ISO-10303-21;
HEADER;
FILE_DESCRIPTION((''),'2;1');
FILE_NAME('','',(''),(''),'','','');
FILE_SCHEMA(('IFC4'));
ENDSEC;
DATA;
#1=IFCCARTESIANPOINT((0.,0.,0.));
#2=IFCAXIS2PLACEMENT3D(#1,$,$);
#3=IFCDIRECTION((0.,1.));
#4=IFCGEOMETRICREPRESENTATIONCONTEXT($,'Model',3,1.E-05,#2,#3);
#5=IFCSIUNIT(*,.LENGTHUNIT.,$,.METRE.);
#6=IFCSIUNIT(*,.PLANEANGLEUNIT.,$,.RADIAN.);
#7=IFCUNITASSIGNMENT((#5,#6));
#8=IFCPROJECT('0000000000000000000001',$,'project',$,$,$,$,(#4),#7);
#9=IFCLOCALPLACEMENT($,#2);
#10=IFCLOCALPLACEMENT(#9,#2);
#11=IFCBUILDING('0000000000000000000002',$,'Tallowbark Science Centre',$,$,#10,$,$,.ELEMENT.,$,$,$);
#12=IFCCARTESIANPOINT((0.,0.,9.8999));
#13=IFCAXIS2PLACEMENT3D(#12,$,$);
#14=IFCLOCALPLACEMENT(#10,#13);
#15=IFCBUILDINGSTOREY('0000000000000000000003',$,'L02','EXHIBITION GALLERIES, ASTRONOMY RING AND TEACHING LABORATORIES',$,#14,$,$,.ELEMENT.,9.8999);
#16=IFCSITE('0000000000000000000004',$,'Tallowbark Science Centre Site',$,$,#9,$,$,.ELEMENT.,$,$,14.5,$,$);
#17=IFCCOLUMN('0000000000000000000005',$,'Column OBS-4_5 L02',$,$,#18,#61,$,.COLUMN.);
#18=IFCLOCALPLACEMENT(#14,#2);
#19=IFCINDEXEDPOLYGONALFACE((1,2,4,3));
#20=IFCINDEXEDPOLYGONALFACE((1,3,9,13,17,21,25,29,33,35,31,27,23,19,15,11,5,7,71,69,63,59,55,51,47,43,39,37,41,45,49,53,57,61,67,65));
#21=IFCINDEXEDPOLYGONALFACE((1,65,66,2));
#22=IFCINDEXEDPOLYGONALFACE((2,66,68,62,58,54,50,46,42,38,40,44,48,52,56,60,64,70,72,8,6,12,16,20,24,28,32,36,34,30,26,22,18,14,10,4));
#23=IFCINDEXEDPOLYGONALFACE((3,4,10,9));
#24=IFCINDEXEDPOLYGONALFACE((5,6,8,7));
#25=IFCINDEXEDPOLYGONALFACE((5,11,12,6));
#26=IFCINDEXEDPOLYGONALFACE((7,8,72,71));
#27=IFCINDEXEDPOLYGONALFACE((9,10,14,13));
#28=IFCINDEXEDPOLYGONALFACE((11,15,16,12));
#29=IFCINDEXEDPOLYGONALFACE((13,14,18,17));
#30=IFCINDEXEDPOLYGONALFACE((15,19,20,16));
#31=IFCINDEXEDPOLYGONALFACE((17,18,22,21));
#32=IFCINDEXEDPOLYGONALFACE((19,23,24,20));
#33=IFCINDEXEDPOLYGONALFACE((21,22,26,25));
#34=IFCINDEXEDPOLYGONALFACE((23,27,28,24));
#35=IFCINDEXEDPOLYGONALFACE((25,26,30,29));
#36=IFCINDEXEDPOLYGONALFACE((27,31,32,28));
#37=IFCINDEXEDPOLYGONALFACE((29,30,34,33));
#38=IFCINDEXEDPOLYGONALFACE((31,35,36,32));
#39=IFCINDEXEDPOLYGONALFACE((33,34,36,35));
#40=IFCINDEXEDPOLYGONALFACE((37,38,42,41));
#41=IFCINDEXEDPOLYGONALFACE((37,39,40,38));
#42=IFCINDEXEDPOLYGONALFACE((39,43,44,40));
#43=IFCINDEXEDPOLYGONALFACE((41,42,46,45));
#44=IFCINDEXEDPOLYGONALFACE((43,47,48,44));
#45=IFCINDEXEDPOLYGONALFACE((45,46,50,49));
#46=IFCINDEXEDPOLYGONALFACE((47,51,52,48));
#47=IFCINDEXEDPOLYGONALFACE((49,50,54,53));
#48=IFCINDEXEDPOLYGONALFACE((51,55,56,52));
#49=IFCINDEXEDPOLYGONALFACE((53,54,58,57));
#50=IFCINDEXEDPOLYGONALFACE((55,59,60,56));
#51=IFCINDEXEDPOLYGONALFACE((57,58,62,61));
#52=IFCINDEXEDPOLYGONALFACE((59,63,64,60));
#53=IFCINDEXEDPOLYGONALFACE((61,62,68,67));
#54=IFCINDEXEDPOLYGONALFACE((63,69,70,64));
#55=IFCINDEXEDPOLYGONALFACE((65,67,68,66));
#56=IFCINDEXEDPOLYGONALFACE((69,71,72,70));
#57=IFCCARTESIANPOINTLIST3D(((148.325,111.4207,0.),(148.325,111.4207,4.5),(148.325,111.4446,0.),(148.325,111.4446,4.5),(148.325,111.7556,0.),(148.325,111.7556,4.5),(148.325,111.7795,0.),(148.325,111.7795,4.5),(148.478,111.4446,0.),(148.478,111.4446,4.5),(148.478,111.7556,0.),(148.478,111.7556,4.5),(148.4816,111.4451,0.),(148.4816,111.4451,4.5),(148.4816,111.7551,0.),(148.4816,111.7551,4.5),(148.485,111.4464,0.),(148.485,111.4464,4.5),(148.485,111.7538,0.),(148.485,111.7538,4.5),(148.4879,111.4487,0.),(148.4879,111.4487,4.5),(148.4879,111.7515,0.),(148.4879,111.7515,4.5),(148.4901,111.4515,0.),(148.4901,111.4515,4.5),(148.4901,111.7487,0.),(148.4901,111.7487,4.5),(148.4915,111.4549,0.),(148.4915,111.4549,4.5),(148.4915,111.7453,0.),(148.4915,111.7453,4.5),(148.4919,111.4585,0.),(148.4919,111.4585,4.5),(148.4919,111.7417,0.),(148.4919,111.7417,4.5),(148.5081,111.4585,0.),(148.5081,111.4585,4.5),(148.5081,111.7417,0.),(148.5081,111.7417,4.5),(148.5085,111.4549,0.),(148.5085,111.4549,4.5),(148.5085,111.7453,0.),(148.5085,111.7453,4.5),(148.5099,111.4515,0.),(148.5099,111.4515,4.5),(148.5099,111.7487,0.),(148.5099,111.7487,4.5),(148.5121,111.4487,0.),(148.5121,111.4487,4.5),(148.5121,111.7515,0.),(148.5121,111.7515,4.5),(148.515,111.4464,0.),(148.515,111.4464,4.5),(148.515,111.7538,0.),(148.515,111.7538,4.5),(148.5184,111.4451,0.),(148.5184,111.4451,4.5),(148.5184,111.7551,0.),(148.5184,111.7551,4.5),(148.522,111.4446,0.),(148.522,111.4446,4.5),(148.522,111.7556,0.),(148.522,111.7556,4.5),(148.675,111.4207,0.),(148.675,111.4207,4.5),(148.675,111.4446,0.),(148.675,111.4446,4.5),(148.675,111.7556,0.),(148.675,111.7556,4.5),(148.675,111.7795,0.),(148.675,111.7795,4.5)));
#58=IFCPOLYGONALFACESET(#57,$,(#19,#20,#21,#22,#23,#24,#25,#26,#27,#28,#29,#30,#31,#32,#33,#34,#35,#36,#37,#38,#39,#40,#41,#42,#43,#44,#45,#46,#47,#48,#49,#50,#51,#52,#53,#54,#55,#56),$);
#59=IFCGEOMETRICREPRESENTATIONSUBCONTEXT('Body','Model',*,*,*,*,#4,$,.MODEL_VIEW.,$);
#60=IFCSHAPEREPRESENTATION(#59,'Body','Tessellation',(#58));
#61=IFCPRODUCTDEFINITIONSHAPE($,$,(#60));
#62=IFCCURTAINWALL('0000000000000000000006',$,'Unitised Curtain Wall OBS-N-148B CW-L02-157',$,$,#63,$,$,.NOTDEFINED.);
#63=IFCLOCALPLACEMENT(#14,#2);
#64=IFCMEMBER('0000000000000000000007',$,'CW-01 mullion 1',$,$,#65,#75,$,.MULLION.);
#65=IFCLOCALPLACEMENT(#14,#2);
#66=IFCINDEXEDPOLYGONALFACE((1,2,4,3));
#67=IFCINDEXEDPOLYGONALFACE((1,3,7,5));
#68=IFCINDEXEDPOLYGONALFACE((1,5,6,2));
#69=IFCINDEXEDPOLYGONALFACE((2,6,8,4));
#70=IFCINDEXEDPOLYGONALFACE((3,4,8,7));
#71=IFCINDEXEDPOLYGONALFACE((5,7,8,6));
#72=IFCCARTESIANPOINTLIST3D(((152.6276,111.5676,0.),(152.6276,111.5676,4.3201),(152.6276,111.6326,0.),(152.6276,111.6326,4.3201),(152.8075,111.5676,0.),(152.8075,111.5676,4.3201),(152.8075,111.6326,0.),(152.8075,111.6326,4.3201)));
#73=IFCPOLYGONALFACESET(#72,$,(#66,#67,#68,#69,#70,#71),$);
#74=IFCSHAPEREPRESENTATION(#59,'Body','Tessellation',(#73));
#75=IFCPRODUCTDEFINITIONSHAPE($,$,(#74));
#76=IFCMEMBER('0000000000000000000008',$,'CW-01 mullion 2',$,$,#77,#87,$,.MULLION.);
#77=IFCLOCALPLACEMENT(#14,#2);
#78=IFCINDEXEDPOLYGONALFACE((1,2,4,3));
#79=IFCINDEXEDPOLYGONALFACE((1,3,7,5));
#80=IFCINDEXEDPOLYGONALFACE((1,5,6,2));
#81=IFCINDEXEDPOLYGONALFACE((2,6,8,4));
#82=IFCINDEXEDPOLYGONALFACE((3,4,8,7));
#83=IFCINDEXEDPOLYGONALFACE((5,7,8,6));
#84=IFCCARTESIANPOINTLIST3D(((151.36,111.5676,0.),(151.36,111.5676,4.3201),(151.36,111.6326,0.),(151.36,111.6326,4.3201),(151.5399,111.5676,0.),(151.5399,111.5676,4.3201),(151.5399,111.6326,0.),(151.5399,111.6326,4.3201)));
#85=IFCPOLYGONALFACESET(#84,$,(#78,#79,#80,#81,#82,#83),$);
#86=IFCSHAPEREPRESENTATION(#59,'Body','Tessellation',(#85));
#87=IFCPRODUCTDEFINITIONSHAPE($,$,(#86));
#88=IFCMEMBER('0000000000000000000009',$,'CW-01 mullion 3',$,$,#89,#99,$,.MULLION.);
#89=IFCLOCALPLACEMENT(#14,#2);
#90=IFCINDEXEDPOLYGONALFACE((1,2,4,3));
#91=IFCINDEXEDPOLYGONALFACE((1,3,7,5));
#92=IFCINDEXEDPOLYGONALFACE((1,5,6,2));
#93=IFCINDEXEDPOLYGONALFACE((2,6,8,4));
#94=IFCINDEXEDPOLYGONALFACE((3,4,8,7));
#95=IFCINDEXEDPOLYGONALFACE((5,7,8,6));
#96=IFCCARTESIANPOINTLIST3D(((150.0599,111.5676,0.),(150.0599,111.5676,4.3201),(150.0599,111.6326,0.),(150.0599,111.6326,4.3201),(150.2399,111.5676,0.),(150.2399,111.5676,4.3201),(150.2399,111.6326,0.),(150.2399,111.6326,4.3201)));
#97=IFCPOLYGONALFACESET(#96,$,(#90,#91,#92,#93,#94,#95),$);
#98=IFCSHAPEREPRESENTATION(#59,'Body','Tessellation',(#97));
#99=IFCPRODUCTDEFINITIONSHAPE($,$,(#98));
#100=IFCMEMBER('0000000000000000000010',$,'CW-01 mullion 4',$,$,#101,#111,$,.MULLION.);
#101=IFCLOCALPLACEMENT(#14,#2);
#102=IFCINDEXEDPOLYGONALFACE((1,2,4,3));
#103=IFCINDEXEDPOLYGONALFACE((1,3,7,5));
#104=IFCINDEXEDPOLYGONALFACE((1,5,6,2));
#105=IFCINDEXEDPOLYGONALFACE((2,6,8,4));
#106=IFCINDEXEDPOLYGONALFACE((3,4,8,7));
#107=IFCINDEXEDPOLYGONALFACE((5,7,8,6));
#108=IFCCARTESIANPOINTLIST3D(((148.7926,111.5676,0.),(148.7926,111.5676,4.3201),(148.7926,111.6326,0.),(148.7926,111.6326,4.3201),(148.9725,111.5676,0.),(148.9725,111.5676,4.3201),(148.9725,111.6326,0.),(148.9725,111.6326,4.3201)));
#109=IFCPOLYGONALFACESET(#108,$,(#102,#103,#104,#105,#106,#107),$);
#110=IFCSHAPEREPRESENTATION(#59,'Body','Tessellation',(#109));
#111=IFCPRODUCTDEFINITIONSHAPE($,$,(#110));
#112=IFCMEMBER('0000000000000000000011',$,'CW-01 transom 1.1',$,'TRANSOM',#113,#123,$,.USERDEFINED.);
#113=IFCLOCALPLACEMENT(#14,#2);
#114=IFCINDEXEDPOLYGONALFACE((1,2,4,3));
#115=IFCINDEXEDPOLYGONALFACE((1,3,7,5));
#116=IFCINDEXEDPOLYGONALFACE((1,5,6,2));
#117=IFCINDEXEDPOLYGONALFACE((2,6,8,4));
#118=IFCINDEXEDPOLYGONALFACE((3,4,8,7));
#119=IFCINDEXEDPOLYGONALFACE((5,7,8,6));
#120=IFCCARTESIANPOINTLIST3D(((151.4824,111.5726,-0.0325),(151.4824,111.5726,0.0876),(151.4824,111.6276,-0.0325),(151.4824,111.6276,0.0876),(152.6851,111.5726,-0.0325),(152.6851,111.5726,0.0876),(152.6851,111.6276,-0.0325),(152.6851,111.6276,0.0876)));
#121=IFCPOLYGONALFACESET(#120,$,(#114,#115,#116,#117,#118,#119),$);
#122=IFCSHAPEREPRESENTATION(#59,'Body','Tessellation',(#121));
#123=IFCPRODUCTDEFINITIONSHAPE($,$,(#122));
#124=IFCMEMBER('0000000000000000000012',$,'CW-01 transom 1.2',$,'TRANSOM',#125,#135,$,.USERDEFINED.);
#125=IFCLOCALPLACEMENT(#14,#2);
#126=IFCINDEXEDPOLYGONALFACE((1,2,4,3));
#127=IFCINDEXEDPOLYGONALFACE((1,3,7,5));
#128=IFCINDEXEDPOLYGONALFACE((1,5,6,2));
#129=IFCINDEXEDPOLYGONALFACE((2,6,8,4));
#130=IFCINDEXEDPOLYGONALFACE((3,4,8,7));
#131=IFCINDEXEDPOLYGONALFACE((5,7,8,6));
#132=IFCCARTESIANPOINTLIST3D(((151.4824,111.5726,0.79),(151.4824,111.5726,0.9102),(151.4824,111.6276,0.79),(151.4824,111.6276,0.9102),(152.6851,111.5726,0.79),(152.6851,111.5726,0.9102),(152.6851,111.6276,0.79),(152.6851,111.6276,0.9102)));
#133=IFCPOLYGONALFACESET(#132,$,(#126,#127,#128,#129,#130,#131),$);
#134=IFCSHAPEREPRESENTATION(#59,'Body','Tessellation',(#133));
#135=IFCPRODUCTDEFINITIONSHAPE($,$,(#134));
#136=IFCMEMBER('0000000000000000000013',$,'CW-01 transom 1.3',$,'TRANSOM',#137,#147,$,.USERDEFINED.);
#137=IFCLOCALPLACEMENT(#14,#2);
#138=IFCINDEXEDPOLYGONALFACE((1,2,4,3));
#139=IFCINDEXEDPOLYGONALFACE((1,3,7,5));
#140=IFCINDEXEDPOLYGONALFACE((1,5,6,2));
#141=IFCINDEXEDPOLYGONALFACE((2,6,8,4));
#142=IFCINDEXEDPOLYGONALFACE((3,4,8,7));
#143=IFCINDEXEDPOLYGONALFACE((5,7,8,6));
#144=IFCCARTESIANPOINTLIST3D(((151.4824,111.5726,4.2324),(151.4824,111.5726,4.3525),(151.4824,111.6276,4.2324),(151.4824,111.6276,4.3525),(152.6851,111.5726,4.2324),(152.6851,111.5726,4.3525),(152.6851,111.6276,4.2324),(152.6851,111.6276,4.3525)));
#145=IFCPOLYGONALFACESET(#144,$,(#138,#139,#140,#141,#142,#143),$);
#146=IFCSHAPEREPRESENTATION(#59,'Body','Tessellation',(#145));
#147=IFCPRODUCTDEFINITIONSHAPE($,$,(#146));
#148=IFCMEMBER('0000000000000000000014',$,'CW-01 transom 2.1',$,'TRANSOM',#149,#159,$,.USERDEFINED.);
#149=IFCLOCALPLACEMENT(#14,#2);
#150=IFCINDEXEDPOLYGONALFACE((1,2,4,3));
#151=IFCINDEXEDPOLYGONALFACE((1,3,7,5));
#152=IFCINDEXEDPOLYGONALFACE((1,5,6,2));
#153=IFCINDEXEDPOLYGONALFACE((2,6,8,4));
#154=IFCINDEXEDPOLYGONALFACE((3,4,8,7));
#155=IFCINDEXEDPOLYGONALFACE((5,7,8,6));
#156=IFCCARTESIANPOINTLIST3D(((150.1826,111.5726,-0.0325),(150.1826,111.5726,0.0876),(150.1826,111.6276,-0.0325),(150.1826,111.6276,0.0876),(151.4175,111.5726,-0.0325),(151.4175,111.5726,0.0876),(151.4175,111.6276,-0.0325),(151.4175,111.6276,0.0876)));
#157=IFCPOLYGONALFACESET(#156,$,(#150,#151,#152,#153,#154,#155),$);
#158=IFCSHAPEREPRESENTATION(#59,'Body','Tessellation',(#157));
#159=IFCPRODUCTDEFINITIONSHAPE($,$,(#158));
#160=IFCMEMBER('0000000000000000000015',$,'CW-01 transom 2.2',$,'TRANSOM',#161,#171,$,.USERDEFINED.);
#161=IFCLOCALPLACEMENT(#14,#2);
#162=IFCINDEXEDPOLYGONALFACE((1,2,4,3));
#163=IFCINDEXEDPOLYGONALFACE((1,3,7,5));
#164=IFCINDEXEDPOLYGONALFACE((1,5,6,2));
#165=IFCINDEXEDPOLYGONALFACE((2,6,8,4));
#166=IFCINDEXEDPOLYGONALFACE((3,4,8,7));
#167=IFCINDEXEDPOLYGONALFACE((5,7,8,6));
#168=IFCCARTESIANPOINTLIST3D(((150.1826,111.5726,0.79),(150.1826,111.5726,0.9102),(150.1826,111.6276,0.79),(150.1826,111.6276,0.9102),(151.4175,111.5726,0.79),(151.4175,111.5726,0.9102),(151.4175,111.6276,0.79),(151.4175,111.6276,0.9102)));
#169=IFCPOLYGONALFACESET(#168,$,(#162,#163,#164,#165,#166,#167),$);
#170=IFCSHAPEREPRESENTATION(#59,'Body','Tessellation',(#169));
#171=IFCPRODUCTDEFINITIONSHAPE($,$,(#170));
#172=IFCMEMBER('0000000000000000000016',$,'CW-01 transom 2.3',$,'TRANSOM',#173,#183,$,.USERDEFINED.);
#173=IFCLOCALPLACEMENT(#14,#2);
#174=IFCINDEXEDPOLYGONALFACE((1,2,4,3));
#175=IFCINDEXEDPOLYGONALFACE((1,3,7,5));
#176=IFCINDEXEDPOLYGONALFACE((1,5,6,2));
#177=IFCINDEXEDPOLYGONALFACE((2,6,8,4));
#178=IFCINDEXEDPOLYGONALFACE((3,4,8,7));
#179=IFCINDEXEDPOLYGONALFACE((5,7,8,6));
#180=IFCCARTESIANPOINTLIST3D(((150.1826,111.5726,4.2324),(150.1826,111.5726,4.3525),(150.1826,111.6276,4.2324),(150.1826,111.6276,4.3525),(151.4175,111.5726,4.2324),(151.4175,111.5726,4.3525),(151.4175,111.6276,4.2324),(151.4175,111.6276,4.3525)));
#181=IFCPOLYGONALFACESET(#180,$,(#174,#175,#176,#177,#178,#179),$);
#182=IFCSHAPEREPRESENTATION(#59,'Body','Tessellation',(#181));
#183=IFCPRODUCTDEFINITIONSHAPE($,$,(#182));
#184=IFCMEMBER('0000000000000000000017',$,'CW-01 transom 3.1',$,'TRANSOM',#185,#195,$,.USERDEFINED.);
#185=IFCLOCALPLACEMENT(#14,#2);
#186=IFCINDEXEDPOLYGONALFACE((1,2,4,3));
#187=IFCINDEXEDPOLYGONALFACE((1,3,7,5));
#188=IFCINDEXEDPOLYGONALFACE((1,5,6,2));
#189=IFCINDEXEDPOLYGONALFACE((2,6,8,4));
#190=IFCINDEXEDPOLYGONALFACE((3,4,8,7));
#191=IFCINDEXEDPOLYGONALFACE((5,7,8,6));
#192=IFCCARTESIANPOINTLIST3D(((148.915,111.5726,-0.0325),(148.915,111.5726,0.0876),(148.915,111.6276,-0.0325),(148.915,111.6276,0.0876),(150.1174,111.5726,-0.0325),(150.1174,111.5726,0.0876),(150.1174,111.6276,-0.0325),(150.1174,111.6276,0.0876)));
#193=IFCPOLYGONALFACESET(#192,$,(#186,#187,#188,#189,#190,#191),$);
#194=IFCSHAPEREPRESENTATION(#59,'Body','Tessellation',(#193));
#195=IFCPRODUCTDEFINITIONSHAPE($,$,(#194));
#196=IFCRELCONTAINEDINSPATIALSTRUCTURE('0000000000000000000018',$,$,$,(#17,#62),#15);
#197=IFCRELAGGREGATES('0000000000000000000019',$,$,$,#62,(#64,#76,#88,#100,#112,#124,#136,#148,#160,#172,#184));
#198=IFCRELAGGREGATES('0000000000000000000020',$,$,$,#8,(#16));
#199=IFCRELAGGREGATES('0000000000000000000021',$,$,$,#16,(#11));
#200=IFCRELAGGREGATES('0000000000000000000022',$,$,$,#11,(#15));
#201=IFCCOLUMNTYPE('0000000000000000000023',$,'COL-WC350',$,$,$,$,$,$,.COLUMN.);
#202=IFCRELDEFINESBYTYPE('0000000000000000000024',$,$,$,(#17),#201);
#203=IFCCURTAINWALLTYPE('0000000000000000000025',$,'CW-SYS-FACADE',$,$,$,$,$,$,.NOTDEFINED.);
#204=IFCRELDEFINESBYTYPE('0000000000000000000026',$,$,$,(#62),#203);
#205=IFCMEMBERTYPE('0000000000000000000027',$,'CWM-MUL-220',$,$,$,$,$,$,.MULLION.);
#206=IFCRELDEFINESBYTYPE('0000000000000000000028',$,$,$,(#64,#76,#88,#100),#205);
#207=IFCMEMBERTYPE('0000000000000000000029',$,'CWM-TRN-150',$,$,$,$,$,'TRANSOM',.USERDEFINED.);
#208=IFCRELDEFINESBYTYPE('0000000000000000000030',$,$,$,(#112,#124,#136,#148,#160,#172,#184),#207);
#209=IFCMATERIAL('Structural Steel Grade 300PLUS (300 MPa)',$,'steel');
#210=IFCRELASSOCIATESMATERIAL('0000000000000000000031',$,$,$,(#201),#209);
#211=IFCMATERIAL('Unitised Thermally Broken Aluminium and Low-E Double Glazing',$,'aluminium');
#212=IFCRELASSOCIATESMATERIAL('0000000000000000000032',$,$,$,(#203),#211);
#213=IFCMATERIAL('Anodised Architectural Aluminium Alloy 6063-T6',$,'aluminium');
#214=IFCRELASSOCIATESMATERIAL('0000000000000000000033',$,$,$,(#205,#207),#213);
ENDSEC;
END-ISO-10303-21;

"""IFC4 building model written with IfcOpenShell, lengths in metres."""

from ifc_helpers import new_model, si_unit, direction, frame, origin, origin_2d, place, context, subcontext, project, spatial, rectangle, i_section, extrude, material, material_profile, profile_set, type_object, element, aggregate, save


model = new_model("IFC4")

# Units and contexts
model_context = context("Model", 3, precision=1e-05, world=origin(), true_north=direction((0.0, 1.0)))
body_context = subcontext(model_context, "Body", "Model", "MODEL_VIEW")
ifc_project = project(units=[si_unit("LENGTHUNIT", "METRE"), si_unit("PLANEANGLEUNIT", "RADIAN")], contexts=[model_context])

# Site, building, storey
site_placement = place(None, origin())
site = spatial("IfcSite", under=ifc_project, at=site_placement, Name="Tallowbark Science Centre Site", CompositionType="ELEMENT", RefElevation=14.5)
building_placement = place(site_placement, origin())
building = spatial("IfcBuilding", under=site, at=building_placement, Name="Tallowbark Science Centre", CompositionType="ELEMENT")
storey_placement = place(building_placement, frame((0.0, 0.0, 9.8999)))
storey = spatial("IfcBuildingStorey", under=building, at=storey_placement, Name="L02", Description="EXHIBITION GALLERIES, ASTRONOMY RING AND TEACHING LABORATORIES", CompositionType="ELEMENT", Elevation=9.8999)

# Column
ifc_material_1 = material(Name="Structural Steel Grade 300PLUS (300 MPa)", Category="steel")
ifc_material_profile_1 = material_profile(ifc_material_1, i_section(OverallWidth=0.3501, OverallDepth=0.3589, WebThickness=0.0161, FlangeThickness=0.0239, FilletRadius=0.0139, at=origin_2d()), Name="350WC197")
ifc_profile_set_1 = profile_set([ifc_material_profile_1], Name="Structural Steel Grade 300PLUS (300 MPa)")
column_type = type_object("IfcColumnType", Name="COL-WC350", PredefinedType="COLUMN", material=ifc_profile_set_1)
column_placement = place(storey_placement, frame((148.5, 111.6001, 0.0), z_axis=(0.0, 0.0, 1.0), x_axis=(1.0, 0.0, 0.0)))
element("IfcColumn", 1, at=column_placement, inside=storey, type_object=column_type, Name="Column OBS-4_5 L02", PredefinedType="COLUMN", context=body_context, shape_type="SweptSolid", body=[
    extrude(i_section(OverallWidth=0.3501, OverallDepth=0.3589, WebThickness=0.0161, FlangeThickness=0.0239, FilletRadius=0.0139, at=origin_2d()), origin(), (0.0, 0.0, 1.0), 4.5),
])

# Curtain wall, members
ifc_material_2 = material(Name="Unitised Thermally Broken Aluminium and Low-E Double Glazing", Category="aluminium")
curtain_wall_type = type_object("IfcCurtainWallType", Name="CW-SYS-FACADE", PredefinedType="NOTDEFINED", material=ifc_material_2)
curtain_wall_placement = place(storey_placement, origin())
curtain_wall = element("IfcCurtainWall", 2, at=curtain_wall_placement, inside=storey, type_object=curtain_wall_type, Name="Unitised Curtain Wall OBS-N-148B CW-L02-157", PredefinedType="NOTDEFINED")
ifc_material_3 = material(Name="Anodised Architectural Aluminium Alloy 6063-T6", Category="aluminium")
ifc_material_profile_2 = material_profile(ifc_material_3, rectangle(XDim=0.0649, YDim=0.1799, at=origin_2d()), Name="ALU65x180")
ifc_profile_set_2 = profile_set([ifc_material_profile_2], Name="Anodised Architectural Aluminium Alloy 6063-T6")
member_type_1 = type_object("IfcMemberType", Name="CWM-MUL-220", PredefinedType="MULLION", material=ifc_profile_set_2)
member_1_placement = place(storey_placement, frame((152.7175, 111.6001, 0.0), z_axis=(0.0, 0.0, 1.0), x_axis=(0.0, -1.0, 0.0)))
member_1 = element("IfcMember", 3, at=member_1_placement, type_object=member_type_1, Name="CW-01 mullion 1", PredefinedType="MULLION", context=body_context, shape_type="SweptSolid", body=[
    extrude(rectangle(XDim=0.0649, YDim=0.1799, at=origin_2d()), origin(), (0.0, 0.0, 1.0), 4.3201),
])
member_2_placement = place(storey_placement, frame((151.45, 111.6001, 0.0), z_axis=(0.0, 0.0, 1.0), x_axis=(0.0, -1.0, 0.0)))
member_2 = element("IfcMember", 4, at=member_2_placement, type_object=member_type_1, Name="CW-01 mullion 2", PredefinedType="MULLION", context=body_context, shape_type="SweptSolid", body=[
    extrude(rectangle(XDim=0.0649, YDim=0.1799, at=origin_2d()), origin(), (0.0, 0.0, 1.0), 4.3201),
])
member_3_placement = place(storey_placement, frame((150.1499, 111.6001, 0.0), z_axis=(0.0, 0.0, 1.0), x_axis=(0.0, -1.0, 0.0)))
member_3 = element("IfcMember", 5, at=member_3_placement, type_object=member_type_1, Name="CW-01 mullion 3", PredefinedType="MULLION", context=body_context, shape_type="SweptSolid", body=[
    extrude(rectangle(XDim=0.0649, YDim=0.1799, at=origin_2d()), origin(), (0.0, 0.0, 1.0), 4.3201),
])
member_4_placement = place(storey_placement, frame((148.8826, 111.6001, 0.0), z_axis=(0.0, 0.0, 1.0), x_axis=(0.0, -1.0, 0.0)))
member_4 = element("IfcMember", 6, at=member_4_placement, type_object=member_type_1, Name="CW-01 mullion 4", PredefinedType="MULLION", context=body_context, shape_type="SweptSolid", body=[
    extrude(rectangle(XDim=0.0649, YDim=0.1799, at=origin_2d()), origin(), (0.0, 0.0, 1.0), 4.3201),
])
ifc_material_profile_3 = material_profile(ifc_material_3, rectangle(XDim=0.0549, YDim=0.1201, at=origin_2d()), Name="ALU55x120")
ifc_profile_set_3 = profile_set([ifc_material_profile_3], Name="Anodised Architectural Aluminium Alloy 6063-T6")
member_type_2 = type_object("IfcMemberType", Name="CWM-TRN-150", ElementType="TRANSOM", PredefinedType="USERDEFINED", material=ifc_profile_set_3)
member_5_placement = place(storey_placement, frame((152.6851, 111.6001, 0.0276), z_axis=(-1.0, 0.0, 0.0), x_axis=(0.0, -1.0, 0.0)))
member_5 = element("IfcMember", 7, at=member_5_placement, type_object=member_type_2, Name="CW-01 transom 1.1", ObjectType="TRANSOM", PredefinedType="USERDEFINED", context=body_context, shape_type="SweptSolid", body=[
    extrude(rectangle(XDim=0.0549, YDim=0.1201, at=origin_2d()), origin(), (0.0, 0.0, 1.0), 1.2026),
])
member_6_placement = place(storey_placement, frame((152.6851, 111.6001, 0.8501), z_axis=(-1.0, 0.0, 0.0), x_axis=(0.0, -1.0, 0.0)))
member_6 = element("IfcMember", 8, at=member_6_placement, type_object=member_type_2, Name="CW-01 transom 1.2", ObjectType="TRANSOM", PredefinedType="USERDEFINED", context=body_context, shape_type="SweptSolid", body=[
    extrude(rectangle(XDim=0.0549, YDim=0.1201, at=origin_2d()), origin(), (0.0, 0.0, 1.0), 1.2026),
])
member_7_placement = place(storey_placement, frame((152.6851, 111.6001, 4.2925), z_axis=(-1.0, 0.0, 0.0), x_axis=(0.0, -1.0, 0.0)))
member_7 = element("IfcMember", 9, at=member_7_placement, type_object=member_type_2, Name="CW-01 transom 1.3", ObjectType="TRANSOM", PredefinedType="USERDEFINED", context=body_context, shape_type="SweptSolid", body=[
    extrude(rectangle(XDim=0.0549, YDim=0.1201, at=origin_2d()), origin(), (0.0, 0.0, 1.0), 1.2026),
])
member_8_placement = place(storey_placement, frame((151.4175, 111.6001, 0.0276), z_axis=(-1.0, 0.0, 0.0), x_axis=(0.0, -1.0, 0.0)))
member_8 = element("IfcMember", 10, at=member_8_placement, type_object=member_type_2, Name="CW-01 transom 2.1", ObjectType="TRANSOM", PredefinedType="USERDEFINED", context=body_context, shape_type="SweptSolid", body=[
    extrude(rectangle(XDim=0.0549, YDim=0.1201, at=origin_2d()), origin(), (0.0, 0.0, 1.0), 1.2349),
])
member_9_placement = place(storey_placement, frame((151.4175, 111.6001, 0.8501), z_axis=(-1.0, 0.0, 0.0), x_axis=(0.0, -1.0, 0.0)))
member_9 = element("IfcMember", 11, at=member_9_placement, type_object=member_type_2, Name="CW-01 transom 2.2", ObjectType="TRANSOM", PredefinedType="USERDEFINED", context=body_context, shape_type="SweptSolid", body=[
    extrude(rectangle(XDim=0.0549, YDim=0.1201, at=origin_2d()), origin(), (0.0, 0.0, 1.0), 1.2349),
])
member_10_placement = place(storey_placement, frame((151.4175, 111.6001, 4.2925), z_axis=(-1.0, 0.0, 0.0), x_axis=(0.0, -1.0, 0.0)))
member_10 = element("IfcMember", 12, at=member_10_placement, type_object=member_type_2, Name="CW-01 transom 2.3", ObjectType="TRANSOM", PredefinedType="USERDEFINED", context=body_context, shape_type="SweptSolid", body=[
    extrude(rectangle(XDim=0.0549, YDim=0.1201, at=origin_2d()), origin(), (0.0, 0.0, 1.0), 1.2349),
])
member_11_placement = place(storey_placement, frame((150.1174, 111.6001, 0.0276), z_axis=(-1.0, 0.0, 0.0), x_axis=(0.0, -1.0, 0.0)))
member_11 = element("IfcMember", 13, at=member_11_placement, type_object=member_type_2, Name="CW-01 transom 3.1", ObjectType="TRANSOM", PredefinedType="USERDEFINED", context=body_context, shape_type="SweptSolid", body=[
    extrude(rectangle(XDim=0.0549, YDim=0.1201, at=origin_2d()), origin(), (0.0, 0.0, 1.0), 1.2024),
])

aggregate(curtain_wall, [member_1, member_2, member_3, member_4, member_5, member_6, member_7, member_8, member_9, member_10, member_11])

save(model, "model.ifc")
